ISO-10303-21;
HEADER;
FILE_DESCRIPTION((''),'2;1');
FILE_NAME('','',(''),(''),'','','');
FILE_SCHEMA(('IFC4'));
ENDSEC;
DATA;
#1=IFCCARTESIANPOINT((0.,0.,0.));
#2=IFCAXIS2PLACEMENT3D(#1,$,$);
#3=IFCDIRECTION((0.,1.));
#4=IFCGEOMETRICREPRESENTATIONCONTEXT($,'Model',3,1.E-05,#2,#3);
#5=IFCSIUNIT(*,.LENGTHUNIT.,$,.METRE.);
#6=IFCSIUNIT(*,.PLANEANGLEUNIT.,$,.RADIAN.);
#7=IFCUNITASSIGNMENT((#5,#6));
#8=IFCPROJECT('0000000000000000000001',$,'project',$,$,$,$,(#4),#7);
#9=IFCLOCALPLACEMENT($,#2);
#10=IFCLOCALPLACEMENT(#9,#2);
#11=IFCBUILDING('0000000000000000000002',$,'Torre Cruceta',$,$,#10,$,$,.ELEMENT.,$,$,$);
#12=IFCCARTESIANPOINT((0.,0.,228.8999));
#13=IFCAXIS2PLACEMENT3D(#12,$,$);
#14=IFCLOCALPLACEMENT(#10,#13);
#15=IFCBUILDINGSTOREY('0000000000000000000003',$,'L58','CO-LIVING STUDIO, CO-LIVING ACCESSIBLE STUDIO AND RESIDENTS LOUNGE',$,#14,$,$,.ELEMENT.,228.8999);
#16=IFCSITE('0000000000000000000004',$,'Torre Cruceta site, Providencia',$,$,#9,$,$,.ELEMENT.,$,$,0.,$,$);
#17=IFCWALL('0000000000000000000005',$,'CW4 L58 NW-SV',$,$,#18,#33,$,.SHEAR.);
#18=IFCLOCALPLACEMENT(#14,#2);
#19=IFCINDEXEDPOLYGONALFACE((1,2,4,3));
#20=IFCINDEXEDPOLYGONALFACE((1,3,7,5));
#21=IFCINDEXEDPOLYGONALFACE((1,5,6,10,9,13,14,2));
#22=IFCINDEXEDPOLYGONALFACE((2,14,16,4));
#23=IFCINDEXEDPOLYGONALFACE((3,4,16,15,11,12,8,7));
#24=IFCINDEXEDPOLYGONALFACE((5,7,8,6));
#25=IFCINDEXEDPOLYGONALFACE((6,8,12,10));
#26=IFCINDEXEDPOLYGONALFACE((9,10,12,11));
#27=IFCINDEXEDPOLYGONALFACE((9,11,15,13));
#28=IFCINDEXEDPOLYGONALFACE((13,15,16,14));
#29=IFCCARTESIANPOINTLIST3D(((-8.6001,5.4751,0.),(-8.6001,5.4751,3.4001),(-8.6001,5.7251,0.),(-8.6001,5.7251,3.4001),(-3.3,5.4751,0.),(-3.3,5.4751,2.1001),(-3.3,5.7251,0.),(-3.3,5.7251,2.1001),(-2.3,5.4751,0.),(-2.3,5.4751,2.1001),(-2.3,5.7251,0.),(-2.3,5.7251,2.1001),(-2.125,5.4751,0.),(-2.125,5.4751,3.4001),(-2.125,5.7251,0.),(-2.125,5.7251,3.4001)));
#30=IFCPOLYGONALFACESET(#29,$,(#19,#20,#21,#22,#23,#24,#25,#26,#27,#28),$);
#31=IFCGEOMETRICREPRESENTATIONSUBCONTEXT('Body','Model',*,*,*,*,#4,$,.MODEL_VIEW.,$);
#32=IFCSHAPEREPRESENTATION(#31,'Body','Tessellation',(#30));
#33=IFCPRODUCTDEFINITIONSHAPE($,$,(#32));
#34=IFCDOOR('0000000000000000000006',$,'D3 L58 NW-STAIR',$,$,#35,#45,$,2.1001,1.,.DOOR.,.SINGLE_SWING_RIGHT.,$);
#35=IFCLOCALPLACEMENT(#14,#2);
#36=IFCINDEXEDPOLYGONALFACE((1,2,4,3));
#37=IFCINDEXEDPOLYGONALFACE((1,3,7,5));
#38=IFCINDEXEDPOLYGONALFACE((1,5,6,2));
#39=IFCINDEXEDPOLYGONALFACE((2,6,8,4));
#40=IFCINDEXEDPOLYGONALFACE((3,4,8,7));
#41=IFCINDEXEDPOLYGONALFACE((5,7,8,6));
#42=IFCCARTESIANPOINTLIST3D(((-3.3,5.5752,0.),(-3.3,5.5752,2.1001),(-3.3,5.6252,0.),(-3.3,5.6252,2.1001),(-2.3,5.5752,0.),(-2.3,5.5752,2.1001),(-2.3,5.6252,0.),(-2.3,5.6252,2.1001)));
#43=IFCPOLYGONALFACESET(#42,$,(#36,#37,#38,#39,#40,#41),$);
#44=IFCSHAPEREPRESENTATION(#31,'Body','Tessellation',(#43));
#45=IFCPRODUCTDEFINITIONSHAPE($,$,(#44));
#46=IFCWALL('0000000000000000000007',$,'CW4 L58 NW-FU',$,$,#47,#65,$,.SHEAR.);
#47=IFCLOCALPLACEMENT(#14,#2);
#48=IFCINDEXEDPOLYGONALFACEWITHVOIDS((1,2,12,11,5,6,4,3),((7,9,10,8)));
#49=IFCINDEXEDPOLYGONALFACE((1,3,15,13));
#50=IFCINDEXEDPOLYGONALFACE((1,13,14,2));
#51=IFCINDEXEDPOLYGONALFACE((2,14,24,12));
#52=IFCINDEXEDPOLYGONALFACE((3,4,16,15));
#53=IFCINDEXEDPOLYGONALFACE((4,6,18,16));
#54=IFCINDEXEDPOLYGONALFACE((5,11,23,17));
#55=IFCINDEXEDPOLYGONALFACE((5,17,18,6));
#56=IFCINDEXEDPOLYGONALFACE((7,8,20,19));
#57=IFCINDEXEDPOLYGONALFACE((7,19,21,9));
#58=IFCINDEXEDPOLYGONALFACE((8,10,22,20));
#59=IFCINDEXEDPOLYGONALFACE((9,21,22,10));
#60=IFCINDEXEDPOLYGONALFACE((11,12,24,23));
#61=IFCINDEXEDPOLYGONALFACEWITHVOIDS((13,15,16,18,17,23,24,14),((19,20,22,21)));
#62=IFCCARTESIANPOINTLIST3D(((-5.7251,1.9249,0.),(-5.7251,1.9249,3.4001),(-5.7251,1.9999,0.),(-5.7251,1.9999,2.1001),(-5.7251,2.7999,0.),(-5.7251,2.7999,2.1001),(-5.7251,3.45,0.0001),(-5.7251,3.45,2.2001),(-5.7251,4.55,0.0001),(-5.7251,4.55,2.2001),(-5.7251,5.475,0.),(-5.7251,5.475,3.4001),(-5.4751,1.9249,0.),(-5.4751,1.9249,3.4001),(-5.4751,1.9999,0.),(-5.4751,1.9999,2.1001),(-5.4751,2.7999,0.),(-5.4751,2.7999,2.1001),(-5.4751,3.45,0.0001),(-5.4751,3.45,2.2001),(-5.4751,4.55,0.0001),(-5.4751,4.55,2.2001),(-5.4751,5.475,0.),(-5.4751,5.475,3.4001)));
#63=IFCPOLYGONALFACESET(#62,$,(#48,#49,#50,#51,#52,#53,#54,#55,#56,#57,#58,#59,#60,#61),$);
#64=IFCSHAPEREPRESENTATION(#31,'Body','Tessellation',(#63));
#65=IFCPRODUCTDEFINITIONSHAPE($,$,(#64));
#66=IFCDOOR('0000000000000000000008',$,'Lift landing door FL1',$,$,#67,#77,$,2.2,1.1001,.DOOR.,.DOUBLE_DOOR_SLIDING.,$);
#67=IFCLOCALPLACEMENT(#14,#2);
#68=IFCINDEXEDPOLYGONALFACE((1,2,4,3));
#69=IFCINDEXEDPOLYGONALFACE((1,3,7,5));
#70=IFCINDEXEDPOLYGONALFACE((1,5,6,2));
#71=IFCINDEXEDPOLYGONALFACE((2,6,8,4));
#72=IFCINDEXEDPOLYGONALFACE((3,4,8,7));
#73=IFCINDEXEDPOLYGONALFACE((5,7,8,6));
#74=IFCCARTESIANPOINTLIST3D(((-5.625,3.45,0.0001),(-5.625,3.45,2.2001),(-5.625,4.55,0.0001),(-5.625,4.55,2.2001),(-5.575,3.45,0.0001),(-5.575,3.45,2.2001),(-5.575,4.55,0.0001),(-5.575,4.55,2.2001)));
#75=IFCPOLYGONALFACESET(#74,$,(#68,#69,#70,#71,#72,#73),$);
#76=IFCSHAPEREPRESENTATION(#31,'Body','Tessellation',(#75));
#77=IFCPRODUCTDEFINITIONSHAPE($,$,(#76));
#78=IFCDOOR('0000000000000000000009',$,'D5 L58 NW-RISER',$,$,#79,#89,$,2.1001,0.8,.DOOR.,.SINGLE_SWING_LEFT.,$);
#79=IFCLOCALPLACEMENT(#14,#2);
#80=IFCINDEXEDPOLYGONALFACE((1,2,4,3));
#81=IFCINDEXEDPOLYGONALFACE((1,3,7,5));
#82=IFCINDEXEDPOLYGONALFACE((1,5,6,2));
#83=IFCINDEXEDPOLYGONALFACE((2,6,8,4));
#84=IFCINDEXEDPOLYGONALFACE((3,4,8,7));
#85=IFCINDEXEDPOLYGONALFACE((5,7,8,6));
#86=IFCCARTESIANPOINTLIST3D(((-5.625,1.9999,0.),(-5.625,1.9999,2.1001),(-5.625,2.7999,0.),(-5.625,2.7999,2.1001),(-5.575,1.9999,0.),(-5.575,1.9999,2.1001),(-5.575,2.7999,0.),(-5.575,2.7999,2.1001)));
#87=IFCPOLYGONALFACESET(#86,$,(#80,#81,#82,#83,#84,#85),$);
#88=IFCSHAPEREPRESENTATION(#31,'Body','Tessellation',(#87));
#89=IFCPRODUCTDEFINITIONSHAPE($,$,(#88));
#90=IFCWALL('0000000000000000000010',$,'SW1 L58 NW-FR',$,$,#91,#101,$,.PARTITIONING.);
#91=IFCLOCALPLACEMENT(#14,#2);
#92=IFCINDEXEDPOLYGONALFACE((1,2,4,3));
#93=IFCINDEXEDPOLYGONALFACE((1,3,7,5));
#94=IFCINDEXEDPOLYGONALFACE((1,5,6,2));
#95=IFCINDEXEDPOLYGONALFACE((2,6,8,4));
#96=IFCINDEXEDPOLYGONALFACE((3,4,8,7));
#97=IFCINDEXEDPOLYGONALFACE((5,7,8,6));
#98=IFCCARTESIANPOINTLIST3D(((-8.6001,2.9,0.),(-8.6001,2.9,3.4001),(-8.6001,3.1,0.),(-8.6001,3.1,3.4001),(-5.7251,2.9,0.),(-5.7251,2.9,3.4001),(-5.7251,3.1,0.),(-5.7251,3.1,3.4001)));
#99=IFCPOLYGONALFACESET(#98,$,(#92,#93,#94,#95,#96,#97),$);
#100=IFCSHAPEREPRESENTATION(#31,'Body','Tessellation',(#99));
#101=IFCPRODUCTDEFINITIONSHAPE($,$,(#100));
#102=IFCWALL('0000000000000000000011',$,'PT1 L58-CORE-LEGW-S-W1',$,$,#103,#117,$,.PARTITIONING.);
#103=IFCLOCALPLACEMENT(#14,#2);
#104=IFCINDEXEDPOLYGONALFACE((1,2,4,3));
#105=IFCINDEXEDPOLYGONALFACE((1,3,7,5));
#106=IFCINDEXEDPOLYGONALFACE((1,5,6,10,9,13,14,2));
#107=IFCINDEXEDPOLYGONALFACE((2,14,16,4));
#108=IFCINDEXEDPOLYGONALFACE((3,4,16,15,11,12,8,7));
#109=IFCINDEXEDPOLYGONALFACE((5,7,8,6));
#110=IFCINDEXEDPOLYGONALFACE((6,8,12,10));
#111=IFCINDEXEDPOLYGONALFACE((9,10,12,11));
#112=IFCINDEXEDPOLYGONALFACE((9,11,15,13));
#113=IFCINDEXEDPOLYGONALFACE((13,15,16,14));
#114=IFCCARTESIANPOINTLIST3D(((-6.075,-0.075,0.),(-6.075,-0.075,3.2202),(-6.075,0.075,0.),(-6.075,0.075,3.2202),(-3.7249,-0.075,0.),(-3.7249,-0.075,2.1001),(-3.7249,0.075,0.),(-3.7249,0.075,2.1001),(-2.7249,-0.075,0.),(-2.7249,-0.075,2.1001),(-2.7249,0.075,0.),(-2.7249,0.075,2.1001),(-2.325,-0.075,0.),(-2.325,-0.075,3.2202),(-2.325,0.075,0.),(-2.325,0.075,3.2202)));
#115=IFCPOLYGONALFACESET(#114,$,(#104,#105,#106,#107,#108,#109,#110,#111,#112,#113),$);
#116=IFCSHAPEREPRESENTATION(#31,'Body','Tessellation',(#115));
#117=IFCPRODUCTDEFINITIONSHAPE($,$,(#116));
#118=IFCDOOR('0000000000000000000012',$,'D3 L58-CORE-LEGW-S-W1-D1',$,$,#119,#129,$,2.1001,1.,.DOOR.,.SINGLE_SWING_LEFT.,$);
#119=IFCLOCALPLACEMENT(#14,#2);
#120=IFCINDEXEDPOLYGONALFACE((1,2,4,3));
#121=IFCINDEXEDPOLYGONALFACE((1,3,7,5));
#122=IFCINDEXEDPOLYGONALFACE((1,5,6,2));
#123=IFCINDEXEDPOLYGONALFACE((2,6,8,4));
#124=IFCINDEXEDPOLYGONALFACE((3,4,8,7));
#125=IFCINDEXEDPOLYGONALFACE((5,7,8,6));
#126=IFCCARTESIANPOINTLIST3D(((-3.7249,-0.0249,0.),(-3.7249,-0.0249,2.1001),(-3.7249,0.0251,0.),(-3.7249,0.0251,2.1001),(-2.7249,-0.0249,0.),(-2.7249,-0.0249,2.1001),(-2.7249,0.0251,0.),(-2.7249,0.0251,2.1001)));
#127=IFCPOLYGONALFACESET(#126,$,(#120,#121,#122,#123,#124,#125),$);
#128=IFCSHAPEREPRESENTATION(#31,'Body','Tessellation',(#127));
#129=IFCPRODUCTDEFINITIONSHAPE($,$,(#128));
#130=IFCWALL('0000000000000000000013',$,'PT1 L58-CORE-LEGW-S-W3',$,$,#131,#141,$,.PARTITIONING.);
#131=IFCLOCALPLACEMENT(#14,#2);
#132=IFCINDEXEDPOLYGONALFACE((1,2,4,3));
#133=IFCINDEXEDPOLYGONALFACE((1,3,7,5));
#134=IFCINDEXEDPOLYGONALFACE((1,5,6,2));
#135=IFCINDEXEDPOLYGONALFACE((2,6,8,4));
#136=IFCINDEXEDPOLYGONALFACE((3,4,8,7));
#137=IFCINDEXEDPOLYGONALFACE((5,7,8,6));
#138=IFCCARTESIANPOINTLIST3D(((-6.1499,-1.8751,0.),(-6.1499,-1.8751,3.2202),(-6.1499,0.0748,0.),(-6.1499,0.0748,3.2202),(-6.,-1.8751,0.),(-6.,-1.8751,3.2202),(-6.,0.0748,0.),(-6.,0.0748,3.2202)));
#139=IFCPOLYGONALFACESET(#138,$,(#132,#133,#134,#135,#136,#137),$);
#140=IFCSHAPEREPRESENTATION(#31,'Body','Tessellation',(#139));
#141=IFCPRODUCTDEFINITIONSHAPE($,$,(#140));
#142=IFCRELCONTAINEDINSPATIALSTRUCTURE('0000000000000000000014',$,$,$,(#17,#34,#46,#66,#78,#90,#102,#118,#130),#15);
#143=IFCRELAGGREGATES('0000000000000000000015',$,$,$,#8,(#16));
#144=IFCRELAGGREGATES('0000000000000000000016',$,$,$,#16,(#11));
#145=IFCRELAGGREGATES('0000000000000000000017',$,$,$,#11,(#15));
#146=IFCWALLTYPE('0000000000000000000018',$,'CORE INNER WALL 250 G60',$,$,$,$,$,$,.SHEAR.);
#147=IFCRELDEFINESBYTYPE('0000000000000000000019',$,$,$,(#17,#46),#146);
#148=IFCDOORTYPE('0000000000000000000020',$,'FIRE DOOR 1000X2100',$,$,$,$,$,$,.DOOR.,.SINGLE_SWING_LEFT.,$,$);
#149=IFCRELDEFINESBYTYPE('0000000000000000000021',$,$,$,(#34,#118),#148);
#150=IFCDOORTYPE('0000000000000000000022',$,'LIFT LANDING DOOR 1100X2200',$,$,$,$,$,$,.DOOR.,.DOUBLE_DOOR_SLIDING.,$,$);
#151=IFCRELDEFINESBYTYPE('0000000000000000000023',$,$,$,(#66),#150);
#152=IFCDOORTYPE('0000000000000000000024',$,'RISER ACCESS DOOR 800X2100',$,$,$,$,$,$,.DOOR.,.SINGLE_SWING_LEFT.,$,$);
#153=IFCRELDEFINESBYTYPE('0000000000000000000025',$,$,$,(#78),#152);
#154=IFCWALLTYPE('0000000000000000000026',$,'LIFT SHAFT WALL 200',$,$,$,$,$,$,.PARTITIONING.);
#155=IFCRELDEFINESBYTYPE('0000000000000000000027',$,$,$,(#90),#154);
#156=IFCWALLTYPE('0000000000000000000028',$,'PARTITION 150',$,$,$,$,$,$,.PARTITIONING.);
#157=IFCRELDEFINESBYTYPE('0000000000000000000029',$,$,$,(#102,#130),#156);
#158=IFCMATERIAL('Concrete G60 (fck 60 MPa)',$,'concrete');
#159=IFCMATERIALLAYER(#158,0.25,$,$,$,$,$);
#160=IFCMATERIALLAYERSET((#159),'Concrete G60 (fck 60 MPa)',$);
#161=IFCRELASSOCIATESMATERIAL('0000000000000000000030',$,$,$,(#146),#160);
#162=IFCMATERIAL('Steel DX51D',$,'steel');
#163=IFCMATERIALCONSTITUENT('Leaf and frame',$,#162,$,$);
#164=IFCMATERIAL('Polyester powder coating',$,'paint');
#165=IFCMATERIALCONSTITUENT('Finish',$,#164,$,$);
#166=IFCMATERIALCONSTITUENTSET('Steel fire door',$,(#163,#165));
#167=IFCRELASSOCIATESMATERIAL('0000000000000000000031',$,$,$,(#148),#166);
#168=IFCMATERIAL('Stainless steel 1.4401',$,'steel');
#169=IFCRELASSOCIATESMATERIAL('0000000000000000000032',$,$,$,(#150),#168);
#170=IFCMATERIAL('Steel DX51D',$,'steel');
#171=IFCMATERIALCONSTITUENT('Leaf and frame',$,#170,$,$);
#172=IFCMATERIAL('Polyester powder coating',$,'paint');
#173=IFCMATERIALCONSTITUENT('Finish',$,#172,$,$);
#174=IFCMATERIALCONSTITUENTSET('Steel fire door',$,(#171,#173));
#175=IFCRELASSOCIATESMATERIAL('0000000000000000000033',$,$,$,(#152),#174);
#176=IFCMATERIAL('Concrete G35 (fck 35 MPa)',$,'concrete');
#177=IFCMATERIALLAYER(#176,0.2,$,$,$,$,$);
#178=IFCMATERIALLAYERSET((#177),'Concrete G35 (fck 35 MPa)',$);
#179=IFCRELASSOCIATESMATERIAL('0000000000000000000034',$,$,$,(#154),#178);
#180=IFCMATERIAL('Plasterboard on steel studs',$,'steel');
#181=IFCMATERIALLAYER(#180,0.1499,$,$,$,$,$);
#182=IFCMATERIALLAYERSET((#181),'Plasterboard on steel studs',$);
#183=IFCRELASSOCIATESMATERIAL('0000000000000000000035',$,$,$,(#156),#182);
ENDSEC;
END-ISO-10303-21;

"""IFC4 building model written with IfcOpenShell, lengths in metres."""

from ifc_helpers import new_model, si_unit, direction, frame, frame_2d, origin, place, context, subcontext, project, spatial, rectangle, extrude, material, layer, layer_set, constituent, constituent_set, type_object, element, fill, save


model = new_model("IFC4")

# Units and contexts
model_context = context("Model", 3, precision=1e-05, world=origin(), true_north=direction((0.0, 1.0)))
body_context = subcontext(model_context, "Body", "Model", "MODEL_VIEW")
ifc_project = project(units=[si_unit("LENGTHUNIT", "METRE"), si_unit("PLANEANGLEUNIT", "RADIAN")], contexts=[model_context])

# Site, building, storey
site_placement = place(None, origin())
site = spatial("IfcSite", under=ifc_project, at=site_placement, Name="Torre Cruceta site, Providencia", CompositionType="ELEMENT", RefElevation=0.0)
building_placement = place(site_placement, origin())
building = spatial("IfcBuilding", under=site, at=building_placement, Name="Torre Cruceta", CompositionType="ELEMENT")
storey_placement = place(building_placement, frame((0.0, 0.0, 228.8999)))
storey = spatial("IfcBuildingStorey", under=building, at=storey_placement, Name="L58", Description="CO-LIVING STUDIO, CO-LIVING ACCESSIBLE STUDIO AND RESIDENTS LOUNGE", CompositionType="ELEMENT", Elevation=228.8999)

# Shared definitions
ifc_material_1 = material(Name="Concrete G60 (fck 60 MPa)", Category="concrete")
ifc_layer_1 = layer(ifc_material_1, 0.25)
ifc_layer_set_1 = layer_set([ifc_layer_1], Name="Concrete G60 (fck 60 MPa)")
wall_type_1 = type_object("IfcWallType", Name="CORE INNER WALL 250 G60", PredefinedType="SHEAR", material=ifc_layer_set_1)
ifc_material_2 = material(Name="Steel DX51D", Category="steel")
ifc_constituent_1 = constituent(ifc_material_2, Name="Leaf and frame")
ifc_material_3 = material(Name="Polyester powder coating", Category="paint")
ifc_constituent_2 = constituent(ifc_material_3, Name="Finish")
ifc_constituent_set_1 = constituent_set(constituents=[ifc_constituent_1, ifc_constituent_2], Name="Steel fire door")
door_type_1 = type_object("IfcDoorType", Name="FIRE DOOR 1000X2100", OperationType="SINGLE_SWING_LEFT", PredefinedType="DOOR", material=ifc_constituent_set_1)

# Wall, opening, door
wall_1_placement = place(storey_placement, frame((-2.125, 5.6001, 0.0), z_axis=(0.0, 0.0, 1.0), x_axis=(-1.0, 0.0, 0.0)))
wall_1 = element("IfcWall", 1, at=wall_1_placement, inside=storey, type_object=wall_type_1, Name="CW4 L58 NW-SV", PredefinedType="SHEAR", context=body_context, shape_type="SweptSolid", body=[
    extrude(rectangle(XDim=6.4751, YDim=0.25, at=frame_2d((3.2375, 0.0))), origin(), (0.0, 0.0, 1.0), 3.4001),
])
opening_1_placement = place(wall_1_placement, frame((0.175, 0.0, 0.0)))
opening_1 = element("IfcOpeningElement", 2, at=opening_1_placement, cuts=wall_1, PredefinedType="OPENING", context=body_context, shape_type="SweptSolid", body=[
    extrude(rectangle(XDim=1.0, YDim=2.1001, at=frame_2d((0.5, 1.05))), frame((0.0, 0.135, 0.0), z_axis=(0.0, -1.0, 0.0), x_axis=(1.0, 0.0, 0.0)), (0.0, 0.0, 1.0), 0.27),
])
door_1_placement = place(opening_1_placement, frame((1.0, 0.0, 0.0), z_axis=(0.0, 0.0, 1.0), x_axis=(-1.0, 0.0, 0.0)))
door_1 = element("IfcDoor", 3, at=door_1_placement, inside=storey, type_object=door_type_1, Name="D3 L58 NW-STAIR", OperationType="SINGLE_SWING_RIGHT", OverallHeight=2.1001, OverallWidth=1.0, PredefinedType="DOOR", context=body_context, shape_type="SweptSolid", body=[
    extrude(rectangle(XDim=1.0, YDim=2.1001, at=frame_2d((0.5, 1.05))), frame((0.0, 0.0251, 0.0), z_axis=(0.0, -1.0, 0.0), x_axis=(1.0, 0.0, 0.0)), (0.0, 0.0, 1.0), 0.05),
])
fill(opening_1, door_1)

# Wall, openings, doors
wall_2_placement = place(storey_placement, frame((-5.6001, 1.925, 0.0), z_axis=(0.0, 0.0, 1.0), x_axis=(0.0, 1.0, 0.0)))
wall_2 = element("IfcWall", 4, at=wall_2_placement, inside=storey, type_object=wall_type_1, Name="CW4 L58 NW-FU", PredefinedType="SHEAR", context=body_context, shape_type="SweptSolid", body=[
    extrude(rectangle(XDim=3.55, YDim=0.25, at=frame_2d((1.7749, 0.0))), origin(), (0.0, 0.0, 1.0), 3.4001),
])
opening_2_placement = place(wall_2_placement, frame((1.5249, 0.0, 0.0)))
opening_2 = element("IfcOpeningElement", 5, at=opening_2_placement, cuts=wall_2, PredefinedType="OPENING", context=body_context, shape_type="SweptSolid", body=[
    extrude(rectangle(XDim=1.1001, YDim=2.2, at=frame_2d((0.55, 1.1001))), frame((0.0, 0.135, 0.0), z_axis=(0.0, -1.0, 0.0), x_axis=(1.0, 0.0, 0.0)), (0.0, 0.0, 1.0), 0.27),
])
opening_3_placement = place(wall_2_placement, frame((0.075, 0.0, 0.0)))
opening_3 = element("IfcOpeningElement", 6, at=opening_3_placement, cuts=wall_2, PredefinedType="OPENING", context=body_context, shape_type="SweptSolid", body=[
    extrude(rectangle(XDim=0.8, YDim=2.1001, at=frame_2d((0.3999, 1.05))), frame((0.0, 0.135, 0.0), z_axis=(0.0, -1.0, 0.0), x_axis=(1.0, 0.0, 0.0)), (0.0, 0.0, 1.0), 0.27),
])
ifc_material_4 = material(Name="Stainless steel 1.4401", Category="steel")
door_type_2 = type_object("IfcDoorType", Name="LIFT LANDING DOOR 1100X2200", OperationType="DOUBLE_DOOR_SLIDING", PredefinedType="DOOR", material=ifc_material_4)
door_2_placement = place(opening_2_placement, origin())
door_2 = element("IfcDoor", 7, at=door_2_placement, inside=storey, type_object=door_type_2, Name="Lift landing door FL1", OperationType="DOUBLE_DOOR_SLIDING", OverallHeight=2.2, OverallWidth=1.1001, PredefinedType="DOOR", context=body_context, shape_type="SweptSolid", body=[
    extrude(rectangle(XDim=1.1001, YDim=2.2, at=frame_2d((0.55, 1.1001))), frame((0.0, 0.0249, 0.0), z_axis=(0.0, -1.0, 0.0), x_axis=(1.0, 0.0, 0.0)), (0.0, 0.0, 1.0), 0.05),
])
fill(opening_2, door_2)
ifc_material_5 = material(Name="Steel DX51D", Category="steel")
ifc_constituent_3 = constituent(ifc_material_5, Name="Leaf and frame")
ifc_material_6 = material(Name="Polyester powder coating", Category="paint")
ifc_constituent_4 = constituent(ifc_material_6, Name="Finish")
ifc_constituent_set_2 = constituent_set(constituents=[ifc_constituent_3, ifc_constituent_4], Name="Steel fire door")
door_type_3 = type_object("IfcDoorType", Name="RISER ACCESS DOOR 800X2100", OperationType="SINGLE_SWING_LEFT", PredefinedType="DOOR", material=ifc_constituent_set_2)
door_3_placement = place(opening_3_placement, origin())
door_3 = element("IfcDoor", 8, at=door_3_placement, inside=storey, type_object=door_type_3, Name="D5 L58 NW-RISER", OperationType="SINGLE_SWING_LEFT", OverallHeight=2.1001, OverallWidth=0.8, PredefinedType="DOOR", context=body_context, shape_type="SweptSolid", body=[
    extrude(rectangle(XDim=0.8, YDim=2.1001, at=frame_2d((0.3999, 1.05))), frame((0.0, 0.0249, 0.0), z_axis=(0.0, -1.0, 0.0), x_axis=(1.0, 0.0, 0.0)), (0.0, 0.0, 1.0), 0.05),
])
fill(opening_3, door_3)

# Wall
ifc_material_7 = material(Name="Concrete G35 (fck 35 MPa)", Category="concrete")
ifc_layer_2 = layer(ifc_material_7, 0.2)
ifc_layer_set_2 = layer_set([ifc_layer_2], Name="Concrete G35 (fck 35 MPa)")
wall_type_2 = type_object("IfcWallType", Name="LIFT SHAFT WALL 200", PredefinedType="PARTITIONING", material=ifc_layer_set_2)
wall_3_placement = place(storey_placement, frame((-5.7251, 3.0, 0.0), z_axis=(0.0, 0.0, 1.0), x_axis=(-1.0, 0.0, 0.0)))
element("IfcWall", 9, at=wall_3_placement, inside=storey, type_object=wall_type_2, Name="SW1 L58 NW-FR", PredefinedType="PARTITIONING", context=body_context, shape_type="SweptSolid", body=[
    extrude(rectangle(XDim=2.875, YDim=0.2, at=frame_2d((1.4375, 0.0))), origin(), (0.0, 0.0, 1.0), 3.4001),
])

# Wall, opening, door
ifc_material_8 = material(Name="Plasterboard on steel studs", Category="steel")
ifc_layer_3 = layer(ifc_material_8, 0.1499)
ifc_layer_set_3 = layer_set([ifc_layer_3], Name="Plasterboard on steel studs")
wall_type_3 = type_object("IfcWallType", Name="PARTITION 150", PredefinedType="PARTITIONING", material=ifc_layer_set_3)
wall_4_placement = place(storey_placement, frame((-2.325, 0.0, 0.0), z_axis=(0.0, 0.0, 1.0), x_axis=(-1.0, 0.0, 0.0)))
wall_4 = element("IfcWall", 10, at=wall_4_placement, inside=storey, type_object=wall_type_3, Name="PT1 L58-CORE-LEGW-S-W1", PredefinedType="PARTITIONING", context=body_context, shape_type="SweptSolid", body=[
    extrude(rectangle(XDim=3.75, YDim=0.1499, at=frame_2d((1.875, 0.0))), origin(), (0.0, 0.0, 1.0), 3.2202),
])
opening_4_placement = place(wall_4_placement, frame((0.3999, 0.0, 0.0)))
opening_4 = element("IfcOpeningElement", 11, at=opening_4_placement, cuts=wall_4, PredefinedType="OPENING", context=body_context, shape_type="SweptSolid", body=[
    extrude(rectangle(XDim=1.0, YDim=2.1001, at=frame_2d((0.5, 1.05))), frame((0.0, 0.085, 0.0), z_axis=(0.0, -1.0, 0.0), x_axis=(1.0, 0.0, 0.0)), (0.0, 0.0, 1.0), 0.1699),
])
door_4_placement = place(opening_4_placement, origin())
door_4 = element("IfcDoor", 12, at=door_4_placement, inside=storey, type_object=door_type_1, Name="D3 L58-CORE-LEGW-S-W1-D1", OperationType="SINGLE_SWING_LEFT", OverallHeight=2.1001, OverallWidth=1.0, PredefinedType="DOOR", context=body_context, shape_type="SweptSolid", body=[
    extrude(rectangle(XDim=1.0, YDim=2.1001, at=frame_2d((0.5, 1.05))), frame((0.0, 0.0249, 0.0), z_axis=(0.0, -1.0, 0.0), x_axis=(1.0, 0.0, 0.0)), (0.0, 0.0, 1.0), 0.05),
])
fill(opening_4, door_4)

# Wall
wall_5_placement = place(storey_placement, frame((-6.075, 0.075, 0.0), z_axis=(0.0, 0.0, 1.0), x_axis=(0.0, -1.0, 0.0)))
element("IfcWall", 13, at=wall_5_placement, inside=storey, type_object=wall_type_3, Name="PT1 L58-CORE-LEGW-S-W3", PredefinedType="PARTITIONING", context=body_context, shape_type="SweptSolid", body=[
    extrude(rectangle(XDim=1.95, YDim=0.1499, at=frame_2d((0.9751, 0.0))), origin(), (0.0, 0.0, 1.0), 3.2202),
])

save(model, "model.ifc")
